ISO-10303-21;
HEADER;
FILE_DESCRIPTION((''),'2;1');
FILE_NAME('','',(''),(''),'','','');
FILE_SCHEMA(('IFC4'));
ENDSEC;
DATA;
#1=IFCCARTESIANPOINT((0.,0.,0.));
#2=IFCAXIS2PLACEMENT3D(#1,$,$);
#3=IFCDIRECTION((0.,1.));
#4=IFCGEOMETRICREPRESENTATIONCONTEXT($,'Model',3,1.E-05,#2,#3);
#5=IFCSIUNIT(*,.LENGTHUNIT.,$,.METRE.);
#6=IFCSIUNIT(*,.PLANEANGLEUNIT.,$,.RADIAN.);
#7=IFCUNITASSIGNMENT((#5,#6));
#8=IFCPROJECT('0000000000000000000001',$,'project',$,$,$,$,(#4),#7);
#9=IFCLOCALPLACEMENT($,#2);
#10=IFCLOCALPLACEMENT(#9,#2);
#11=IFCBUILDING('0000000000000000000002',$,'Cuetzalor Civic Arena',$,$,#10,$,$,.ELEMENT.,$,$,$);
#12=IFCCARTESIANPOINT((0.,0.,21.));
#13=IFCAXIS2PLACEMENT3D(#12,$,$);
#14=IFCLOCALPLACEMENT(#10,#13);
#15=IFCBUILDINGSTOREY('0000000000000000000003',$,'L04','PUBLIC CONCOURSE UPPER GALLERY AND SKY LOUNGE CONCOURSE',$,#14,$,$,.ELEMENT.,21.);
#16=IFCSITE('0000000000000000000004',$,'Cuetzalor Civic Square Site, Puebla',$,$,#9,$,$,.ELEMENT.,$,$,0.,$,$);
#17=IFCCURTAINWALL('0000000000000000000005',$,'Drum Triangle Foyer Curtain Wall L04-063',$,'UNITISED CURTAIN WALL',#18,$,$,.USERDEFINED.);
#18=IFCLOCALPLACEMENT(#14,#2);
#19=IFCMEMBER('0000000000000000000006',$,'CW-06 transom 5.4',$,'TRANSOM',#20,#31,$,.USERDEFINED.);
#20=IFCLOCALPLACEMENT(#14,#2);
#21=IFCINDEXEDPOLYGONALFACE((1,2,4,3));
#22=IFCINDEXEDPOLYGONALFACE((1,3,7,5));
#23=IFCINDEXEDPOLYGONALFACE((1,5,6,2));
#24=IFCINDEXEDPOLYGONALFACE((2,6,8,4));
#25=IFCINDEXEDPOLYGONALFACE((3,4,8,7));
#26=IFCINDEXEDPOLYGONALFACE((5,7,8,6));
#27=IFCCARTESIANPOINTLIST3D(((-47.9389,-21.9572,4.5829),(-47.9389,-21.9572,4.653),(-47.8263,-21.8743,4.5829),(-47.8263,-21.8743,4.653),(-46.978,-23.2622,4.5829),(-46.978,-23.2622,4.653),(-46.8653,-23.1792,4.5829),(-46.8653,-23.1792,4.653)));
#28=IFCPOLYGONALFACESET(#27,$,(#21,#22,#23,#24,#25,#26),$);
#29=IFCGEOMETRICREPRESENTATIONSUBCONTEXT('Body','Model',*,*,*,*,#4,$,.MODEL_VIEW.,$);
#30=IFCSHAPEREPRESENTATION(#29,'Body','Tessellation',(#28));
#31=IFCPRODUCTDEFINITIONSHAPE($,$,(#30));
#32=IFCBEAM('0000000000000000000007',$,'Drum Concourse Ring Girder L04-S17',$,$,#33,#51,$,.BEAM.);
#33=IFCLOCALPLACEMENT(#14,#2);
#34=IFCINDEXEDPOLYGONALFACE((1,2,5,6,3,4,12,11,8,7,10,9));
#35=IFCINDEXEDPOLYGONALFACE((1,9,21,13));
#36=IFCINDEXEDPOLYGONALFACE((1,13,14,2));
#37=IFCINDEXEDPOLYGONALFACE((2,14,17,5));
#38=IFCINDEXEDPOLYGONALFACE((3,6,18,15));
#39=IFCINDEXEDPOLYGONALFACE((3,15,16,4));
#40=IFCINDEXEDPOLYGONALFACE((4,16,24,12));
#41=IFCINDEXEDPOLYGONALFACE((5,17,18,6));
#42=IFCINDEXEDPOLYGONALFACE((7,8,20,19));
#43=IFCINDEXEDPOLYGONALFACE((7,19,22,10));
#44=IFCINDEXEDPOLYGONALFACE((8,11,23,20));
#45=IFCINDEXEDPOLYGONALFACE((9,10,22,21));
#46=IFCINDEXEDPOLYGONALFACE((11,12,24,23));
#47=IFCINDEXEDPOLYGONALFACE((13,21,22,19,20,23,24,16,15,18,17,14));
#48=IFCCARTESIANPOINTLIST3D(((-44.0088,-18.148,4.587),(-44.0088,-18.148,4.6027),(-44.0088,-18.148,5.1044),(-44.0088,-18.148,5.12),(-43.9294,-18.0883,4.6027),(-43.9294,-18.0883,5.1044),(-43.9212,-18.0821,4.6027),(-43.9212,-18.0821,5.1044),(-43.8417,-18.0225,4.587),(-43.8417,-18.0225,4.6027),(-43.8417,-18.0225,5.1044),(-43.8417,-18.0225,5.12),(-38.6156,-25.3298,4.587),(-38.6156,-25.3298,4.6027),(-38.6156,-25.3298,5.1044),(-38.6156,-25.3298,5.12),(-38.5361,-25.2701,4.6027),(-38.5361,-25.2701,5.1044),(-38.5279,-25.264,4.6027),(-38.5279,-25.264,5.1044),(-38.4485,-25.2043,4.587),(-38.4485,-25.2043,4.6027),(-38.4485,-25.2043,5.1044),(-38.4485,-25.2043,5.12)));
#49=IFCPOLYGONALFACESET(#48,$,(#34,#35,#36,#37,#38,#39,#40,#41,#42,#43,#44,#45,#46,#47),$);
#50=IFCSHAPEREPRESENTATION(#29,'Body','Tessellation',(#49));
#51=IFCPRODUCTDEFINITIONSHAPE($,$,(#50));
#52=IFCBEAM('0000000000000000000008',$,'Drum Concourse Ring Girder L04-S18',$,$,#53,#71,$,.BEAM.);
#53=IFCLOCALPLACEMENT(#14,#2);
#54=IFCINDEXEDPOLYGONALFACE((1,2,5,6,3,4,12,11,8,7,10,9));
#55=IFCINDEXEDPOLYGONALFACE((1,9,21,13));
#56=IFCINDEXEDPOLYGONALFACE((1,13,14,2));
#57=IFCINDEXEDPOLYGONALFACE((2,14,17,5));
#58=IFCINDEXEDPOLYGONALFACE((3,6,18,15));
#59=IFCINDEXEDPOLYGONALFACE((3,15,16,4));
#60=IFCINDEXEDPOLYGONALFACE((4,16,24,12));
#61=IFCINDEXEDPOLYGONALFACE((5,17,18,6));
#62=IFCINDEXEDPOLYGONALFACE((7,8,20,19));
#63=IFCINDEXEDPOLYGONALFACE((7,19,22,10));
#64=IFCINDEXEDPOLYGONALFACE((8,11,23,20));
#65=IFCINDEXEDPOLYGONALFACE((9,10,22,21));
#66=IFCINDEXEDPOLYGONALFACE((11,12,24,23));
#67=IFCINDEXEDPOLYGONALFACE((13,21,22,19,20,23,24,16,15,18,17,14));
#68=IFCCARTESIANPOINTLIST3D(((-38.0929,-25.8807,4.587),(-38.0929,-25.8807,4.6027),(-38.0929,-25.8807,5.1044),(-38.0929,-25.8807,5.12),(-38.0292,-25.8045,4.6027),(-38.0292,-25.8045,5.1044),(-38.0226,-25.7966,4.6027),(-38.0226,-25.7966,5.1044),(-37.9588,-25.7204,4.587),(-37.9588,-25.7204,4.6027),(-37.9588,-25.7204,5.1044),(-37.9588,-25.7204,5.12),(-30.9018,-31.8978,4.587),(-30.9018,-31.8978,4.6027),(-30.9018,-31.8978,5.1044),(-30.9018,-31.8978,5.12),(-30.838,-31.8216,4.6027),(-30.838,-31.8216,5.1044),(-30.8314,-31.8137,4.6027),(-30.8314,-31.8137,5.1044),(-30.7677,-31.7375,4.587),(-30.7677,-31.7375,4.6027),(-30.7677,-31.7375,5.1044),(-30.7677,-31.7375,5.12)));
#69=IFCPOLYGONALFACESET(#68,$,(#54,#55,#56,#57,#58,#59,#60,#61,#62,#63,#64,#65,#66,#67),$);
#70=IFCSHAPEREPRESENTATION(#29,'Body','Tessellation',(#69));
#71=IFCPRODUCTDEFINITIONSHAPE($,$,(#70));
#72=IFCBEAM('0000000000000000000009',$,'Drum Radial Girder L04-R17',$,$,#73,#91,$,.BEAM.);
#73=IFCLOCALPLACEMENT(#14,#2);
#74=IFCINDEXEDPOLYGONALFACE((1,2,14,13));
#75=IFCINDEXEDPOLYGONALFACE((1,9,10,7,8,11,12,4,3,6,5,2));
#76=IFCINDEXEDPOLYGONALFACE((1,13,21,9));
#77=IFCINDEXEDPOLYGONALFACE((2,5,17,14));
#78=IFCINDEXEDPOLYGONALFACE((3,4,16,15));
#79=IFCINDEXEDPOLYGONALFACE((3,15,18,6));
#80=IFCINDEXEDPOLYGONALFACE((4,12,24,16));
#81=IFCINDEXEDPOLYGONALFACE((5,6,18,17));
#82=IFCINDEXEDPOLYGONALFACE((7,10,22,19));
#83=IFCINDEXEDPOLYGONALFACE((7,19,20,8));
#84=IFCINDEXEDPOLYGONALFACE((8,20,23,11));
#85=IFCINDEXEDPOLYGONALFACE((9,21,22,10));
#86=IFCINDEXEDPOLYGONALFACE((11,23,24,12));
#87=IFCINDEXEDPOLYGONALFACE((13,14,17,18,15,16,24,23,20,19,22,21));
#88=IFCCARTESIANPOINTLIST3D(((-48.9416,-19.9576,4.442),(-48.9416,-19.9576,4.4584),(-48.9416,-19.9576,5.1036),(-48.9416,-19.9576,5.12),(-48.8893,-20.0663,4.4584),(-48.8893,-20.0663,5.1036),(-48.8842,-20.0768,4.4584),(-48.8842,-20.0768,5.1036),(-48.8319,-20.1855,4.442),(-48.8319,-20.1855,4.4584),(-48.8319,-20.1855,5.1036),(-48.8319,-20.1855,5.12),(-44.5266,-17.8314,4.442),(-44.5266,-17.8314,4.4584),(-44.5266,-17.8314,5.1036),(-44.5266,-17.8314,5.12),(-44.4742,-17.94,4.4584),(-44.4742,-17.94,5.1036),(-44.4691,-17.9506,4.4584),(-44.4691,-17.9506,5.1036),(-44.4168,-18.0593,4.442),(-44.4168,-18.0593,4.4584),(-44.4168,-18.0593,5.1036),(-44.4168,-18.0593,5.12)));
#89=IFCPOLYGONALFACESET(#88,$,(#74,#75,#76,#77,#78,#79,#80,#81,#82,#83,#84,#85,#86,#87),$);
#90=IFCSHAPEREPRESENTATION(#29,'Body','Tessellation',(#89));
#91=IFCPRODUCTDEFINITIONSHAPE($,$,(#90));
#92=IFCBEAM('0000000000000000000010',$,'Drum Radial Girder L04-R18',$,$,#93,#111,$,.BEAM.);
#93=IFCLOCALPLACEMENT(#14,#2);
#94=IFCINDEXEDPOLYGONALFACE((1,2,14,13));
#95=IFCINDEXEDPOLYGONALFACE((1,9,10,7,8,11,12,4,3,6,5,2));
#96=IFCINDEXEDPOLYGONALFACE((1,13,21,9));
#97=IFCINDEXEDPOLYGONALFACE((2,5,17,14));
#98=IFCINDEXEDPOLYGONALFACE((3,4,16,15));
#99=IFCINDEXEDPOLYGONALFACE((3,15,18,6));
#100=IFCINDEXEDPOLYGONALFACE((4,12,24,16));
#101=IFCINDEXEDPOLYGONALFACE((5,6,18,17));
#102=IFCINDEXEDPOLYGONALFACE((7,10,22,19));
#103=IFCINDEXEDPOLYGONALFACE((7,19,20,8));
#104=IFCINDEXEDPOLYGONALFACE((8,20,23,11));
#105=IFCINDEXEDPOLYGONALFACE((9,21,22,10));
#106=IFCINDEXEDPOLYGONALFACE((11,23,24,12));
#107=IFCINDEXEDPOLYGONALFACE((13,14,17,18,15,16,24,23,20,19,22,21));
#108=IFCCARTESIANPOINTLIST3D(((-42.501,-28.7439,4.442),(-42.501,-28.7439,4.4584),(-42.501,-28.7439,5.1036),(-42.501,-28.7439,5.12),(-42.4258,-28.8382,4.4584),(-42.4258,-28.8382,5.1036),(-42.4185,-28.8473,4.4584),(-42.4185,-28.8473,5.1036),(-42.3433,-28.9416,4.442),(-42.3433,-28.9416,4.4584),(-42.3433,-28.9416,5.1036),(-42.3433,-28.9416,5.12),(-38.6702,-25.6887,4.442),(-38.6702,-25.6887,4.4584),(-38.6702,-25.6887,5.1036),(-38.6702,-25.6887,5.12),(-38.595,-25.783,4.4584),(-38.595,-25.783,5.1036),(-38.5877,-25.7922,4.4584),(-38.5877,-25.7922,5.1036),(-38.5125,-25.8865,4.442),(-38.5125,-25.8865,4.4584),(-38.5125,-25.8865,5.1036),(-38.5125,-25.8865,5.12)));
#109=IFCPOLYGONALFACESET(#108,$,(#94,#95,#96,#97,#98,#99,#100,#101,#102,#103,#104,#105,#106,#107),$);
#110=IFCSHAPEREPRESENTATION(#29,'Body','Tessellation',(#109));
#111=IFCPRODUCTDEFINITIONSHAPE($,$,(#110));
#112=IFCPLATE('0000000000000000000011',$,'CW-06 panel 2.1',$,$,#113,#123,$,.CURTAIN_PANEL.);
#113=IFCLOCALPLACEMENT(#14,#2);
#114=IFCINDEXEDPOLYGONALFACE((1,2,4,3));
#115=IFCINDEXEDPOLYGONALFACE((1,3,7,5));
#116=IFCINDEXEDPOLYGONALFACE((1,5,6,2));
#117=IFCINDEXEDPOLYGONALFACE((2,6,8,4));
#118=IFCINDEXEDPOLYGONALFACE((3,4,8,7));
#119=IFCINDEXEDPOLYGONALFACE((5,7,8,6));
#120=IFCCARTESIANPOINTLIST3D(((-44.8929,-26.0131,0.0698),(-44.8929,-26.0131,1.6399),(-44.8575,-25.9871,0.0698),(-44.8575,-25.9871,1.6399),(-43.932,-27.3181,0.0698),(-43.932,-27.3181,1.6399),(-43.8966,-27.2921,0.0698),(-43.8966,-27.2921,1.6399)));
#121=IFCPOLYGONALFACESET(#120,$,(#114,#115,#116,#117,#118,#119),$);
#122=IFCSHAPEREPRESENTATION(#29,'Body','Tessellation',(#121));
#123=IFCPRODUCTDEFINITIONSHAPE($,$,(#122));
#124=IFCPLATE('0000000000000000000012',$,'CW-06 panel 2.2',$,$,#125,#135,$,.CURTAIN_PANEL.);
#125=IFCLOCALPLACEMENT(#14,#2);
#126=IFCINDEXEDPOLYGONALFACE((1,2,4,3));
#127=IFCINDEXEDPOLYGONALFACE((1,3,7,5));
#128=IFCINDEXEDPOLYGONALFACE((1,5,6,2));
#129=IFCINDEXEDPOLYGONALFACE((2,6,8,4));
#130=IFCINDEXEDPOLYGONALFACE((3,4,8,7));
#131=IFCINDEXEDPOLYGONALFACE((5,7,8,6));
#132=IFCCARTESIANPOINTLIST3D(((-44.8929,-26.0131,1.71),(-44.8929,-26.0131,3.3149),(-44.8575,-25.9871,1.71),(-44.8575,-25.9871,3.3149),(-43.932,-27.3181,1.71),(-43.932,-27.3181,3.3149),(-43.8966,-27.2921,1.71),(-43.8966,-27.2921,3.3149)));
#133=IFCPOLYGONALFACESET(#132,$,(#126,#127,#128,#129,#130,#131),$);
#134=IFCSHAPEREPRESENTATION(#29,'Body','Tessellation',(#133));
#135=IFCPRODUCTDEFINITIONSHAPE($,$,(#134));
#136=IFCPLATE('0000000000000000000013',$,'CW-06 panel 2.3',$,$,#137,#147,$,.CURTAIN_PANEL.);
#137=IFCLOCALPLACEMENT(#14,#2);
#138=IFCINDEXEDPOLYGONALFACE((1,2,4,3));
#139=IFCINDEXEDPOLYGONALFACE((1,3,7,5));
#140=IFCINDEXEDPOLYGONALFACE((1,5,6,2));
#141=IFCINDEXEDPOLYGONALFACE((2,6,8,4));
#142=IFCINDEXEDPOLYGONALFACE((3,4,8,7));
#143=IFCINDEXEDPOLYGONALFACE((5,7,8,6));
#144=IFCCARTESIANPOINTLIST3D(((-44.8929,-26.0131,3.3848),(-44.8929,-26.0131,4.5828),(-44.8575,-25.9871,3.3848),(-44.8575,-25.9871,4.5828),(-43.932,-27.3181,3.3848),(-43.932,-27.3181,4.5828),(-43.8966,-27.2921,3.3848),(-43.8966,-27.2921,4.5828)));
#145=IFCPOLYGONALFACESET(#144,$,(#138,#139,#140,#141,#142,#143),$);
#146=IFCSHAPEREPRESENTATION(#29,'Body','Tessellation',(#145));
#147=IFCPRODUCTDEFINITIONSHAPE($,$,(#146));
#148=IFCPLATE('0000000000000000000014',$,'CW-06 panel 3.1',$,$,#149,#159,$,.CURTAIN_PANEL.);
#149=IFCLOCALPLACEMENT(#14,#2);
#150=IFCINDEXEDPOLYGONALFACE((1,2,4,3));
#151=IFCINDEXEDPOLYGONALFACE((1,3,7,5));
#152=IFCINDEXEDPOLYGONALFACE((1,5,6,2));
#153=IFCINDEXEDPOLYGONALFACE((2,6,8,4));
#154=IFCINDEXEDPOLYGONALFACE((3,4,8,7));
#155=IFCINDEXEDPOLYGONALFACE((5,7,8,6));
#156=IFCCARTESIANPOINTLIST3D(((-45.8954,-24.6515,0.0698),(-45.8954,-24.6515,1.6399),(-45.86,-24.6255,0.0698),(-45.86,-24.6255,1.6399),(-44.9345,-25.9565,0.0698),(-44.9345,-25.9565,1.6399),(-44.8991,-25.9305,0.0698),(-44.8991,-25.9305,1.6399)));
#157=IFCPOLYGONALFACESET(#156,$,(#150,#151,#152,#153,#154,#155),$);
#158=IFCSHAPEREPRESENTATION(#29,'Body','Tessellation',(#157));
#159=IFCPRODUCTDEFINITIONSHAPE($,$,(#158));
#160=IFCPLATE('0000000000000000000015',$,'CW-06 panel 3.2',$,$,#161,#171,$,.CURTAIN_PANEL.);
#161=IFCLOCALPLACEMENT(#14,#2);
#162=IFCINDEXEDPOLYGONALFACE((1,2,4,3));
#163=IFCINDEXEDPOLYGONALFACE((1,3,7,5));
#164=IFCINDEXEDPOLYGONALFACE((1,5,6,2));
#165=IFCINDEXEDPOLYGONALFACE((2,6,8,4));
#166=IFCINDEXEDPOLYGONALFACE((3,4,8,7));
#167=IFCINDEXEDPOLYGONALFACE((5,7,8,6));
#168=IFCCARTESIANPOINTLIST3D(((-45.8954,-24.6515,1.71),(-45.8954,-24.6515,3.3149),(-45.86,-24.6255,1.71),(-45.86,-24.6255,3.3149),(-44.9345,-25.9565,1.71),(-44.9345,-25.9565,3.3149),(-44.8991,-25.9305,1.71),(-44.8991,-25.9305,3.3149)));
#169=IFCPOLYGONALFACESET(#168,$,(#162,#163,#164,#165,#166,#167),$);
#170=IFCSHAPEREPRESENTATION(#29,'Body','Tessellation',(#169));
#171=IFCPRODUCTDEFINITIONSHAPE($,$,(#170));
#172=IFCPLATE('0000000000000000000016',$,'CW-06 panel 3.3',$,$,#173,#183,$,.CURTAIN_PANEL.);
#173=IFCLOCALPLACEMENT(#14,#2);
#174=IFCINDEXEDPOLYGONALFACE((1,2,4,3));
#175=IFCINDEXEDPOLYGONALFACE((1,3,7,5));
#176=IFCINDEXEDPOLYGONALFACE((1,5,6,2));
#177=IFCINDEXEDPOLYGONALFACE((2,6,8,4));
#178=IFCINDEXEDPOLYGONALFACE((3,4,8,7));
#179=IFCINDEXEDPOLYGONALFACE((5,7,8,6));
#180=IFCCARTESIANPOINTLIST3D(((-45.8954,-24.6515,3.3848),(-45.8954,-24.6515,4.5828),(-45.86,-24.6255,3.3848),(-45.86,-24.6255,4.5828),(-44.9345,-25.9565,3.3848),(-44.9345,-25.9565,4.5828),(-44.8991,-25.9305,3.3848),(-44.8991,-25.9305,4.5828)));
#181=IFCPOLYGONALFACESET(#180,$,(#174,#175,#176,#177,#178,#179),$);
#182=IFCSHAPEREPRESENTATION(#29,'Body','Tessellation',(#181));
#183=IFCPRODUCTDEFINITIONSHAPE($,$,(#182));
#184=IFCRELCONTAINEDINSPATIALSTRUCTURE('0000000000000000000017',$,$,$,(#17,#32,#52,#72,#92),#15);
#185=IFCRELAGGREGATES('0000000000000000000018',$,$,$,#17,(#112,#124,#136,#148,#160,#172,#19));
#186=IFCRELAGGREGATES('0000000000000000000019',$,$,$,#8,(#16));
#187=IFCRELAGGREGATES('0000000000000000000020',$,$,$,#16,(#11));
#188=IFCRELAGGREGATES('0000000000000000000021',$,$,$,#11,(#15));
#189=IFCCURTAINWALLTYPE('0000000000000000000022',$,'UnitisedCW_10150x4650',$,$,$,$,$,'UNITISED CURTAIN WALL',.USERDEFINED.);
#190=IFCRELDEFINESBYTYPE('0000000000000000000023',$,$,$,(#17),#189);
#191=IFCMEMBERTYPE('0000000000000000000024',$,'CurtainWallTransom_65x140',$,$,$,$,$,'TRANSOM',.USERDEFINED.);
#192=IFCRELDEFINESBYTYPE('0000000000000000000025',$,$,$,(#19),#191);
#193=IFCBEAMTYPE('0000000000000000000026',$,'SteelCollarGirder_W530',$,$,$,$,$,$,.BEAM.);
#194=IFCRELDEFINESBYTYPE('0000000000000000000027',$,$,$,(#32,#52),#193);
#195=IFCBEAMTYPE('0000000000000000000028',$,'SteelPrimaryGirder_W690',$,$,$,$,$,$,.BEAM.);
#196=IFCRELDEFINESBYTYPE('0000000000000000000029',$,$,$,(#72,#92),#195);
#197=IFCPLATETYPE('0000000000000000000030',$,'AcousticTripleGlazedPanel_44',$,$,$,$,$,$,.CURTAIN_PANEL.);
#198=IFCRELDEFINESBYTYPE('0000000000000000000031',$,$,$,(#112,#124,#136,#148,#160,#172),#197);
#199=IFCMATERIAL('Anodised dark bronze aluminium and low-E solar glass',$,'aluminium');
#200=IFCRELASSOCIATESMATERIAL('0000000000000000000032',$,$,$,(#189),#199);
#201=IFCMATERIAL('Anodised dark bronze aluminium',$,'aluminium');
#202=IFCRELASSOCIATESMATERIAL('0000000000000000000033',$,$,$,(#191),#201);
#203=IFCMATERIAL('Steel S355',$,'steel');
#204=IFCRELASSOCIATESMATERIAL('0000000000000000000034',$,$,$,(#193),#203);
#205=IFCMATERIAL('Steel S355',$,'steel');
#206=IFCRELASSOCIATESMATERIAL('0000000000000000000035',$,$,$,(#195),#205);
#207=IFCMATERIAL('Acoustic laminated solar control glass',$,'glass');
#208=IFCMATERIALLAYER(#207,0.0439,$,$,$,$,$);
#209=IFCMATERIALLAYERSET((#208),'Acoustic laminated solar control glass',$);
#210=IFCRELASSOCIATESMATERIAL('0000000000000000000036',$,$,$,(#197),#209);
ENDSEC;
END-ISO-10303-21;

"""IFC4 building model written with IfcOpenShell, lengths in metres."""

from ifc_helpers import new_model, si_unit, direction, frame, origin, origin_2d, place, context, subcontext, project, spatial, rectangle, i_section, extrude, material, layer, layer_set, material_profile, profile_set, type_object, element, aggregate, save


model = new_model("IFC4")

# Units and contexts
model_context = context("Model", 3, precision=1e-05, world=origin(), true_north=direction((0.0, 1.0)))
body_context = subcontext(model_context, "Body", "Model", "MODEL_VIEW")
ifc_project = project(units=[si_unit("LENGTHUNIT", "METRE"), si_unit("PLANEANGLEUNIT", "RADIAN")], contexts=[model_context])

# Site, building, storey
site_placement = place(None, origin())
site = spatial("IfcSite", under=ifc_project, at=site_placement, Name="Cuetzalor Civic Square Site, Puebla", CompositionType="ELEMENT", RefElevation=0.0)
building_placement = place(site_placement, origin())
building = spatial("IfcBuilding", under=site, at=building_placement, Name="Cuetzalor Civic Arena", CompositionType="ELEMENT")
storey_placement = place(building_placement, frame((0.0, 0.0, 21.0)))
storey = spatial("IfcBuildingStorey", under=building, at=storey_placement, Name="L04", Description="PUBLIC CONCOURSE UPPER GALLERY AND SKY LOUNGE CONCOURSE", CompositionType="ELEMENT", Elevation=21.0)

# Curtain wall, member
ifc_material_1 = material(Name="Anodised dark bronze aluminium and low-E solar glass", Category="aluminium")
curtain_wall_type = type_object("IfcCurtainWallType", Name="UnitisedCW_10150x4650", ElementType="UNITISED CURTAIN WALL", PredefinedType="USERDEFINED", material=ifc_material_1)
curtain_wall_placement = place(storey_placement, origin())
curtain_wall = element("IfcCurtainWall", 1, at=curtain_wall_placement, inside=storey, type_object=curtain_wall_type, Name="Drum Triangle Foyer Curtain Wall L04-063", ObjectType="UNITISED CURTAIN WALL", PredefinedType="USERDEFINED")
ifc_material_2 = material(Name="Anodised dark bronze aluminium", Category="aluminium")
ifc_material_profile_1 = material_profile(ifc_material_2, rectangle(XDim=0.1399, YDim=0.0701, at=origin_2d()), Name="ALU TRANSOM 70x140")
ifc_profile_set_1 = profile_set([ifc_material_profile_1], Name="Anodised dark bronze aluminium")
member_type_1 = type_object("IfcMemberType", Name="CurtainWallTransom_65x140", ElementType="TRANSOM", PredefinedType="USERDEFINED", material=ifc_profile_set_1)
member_1_placement = place(storey_placement, frame((-46.9216, -23.2207, 4.6179), z_axis=(-0.592963, 0.80523, 0.0), x_axis=(-0.80523, -0.592963, 0.0)))
member_1 = element("IfcMember", 2, at=member_1_placement, type_object=member_type_1, Name="CW-06 transom 5.4", ObjectType="TRANSOM", PredefinedType="USERDEFINED", context=body_context, shape_type="SweptSolid", body=[
    extrude(rectangle(XDim=0.1399, YDim=0.0701, at=origin_2d()), origin(), (0.0, 0.0, 1.0), 1.6206),
])

# Beams
ifc_material_3 = material(Name="Steel S355", Category="steel")
ifc_material_profile_2 = material_profile(ifc_material_3, i_section(OverallWidth=0.209, OverallDepth=0.533, WebThickness=0.0103, FlangeThickness=0.0156, at=origin_2d()), Name="W530x92")
ifc_profile_set_2 = profile_set([ifc_material_profile_2], Name="Steel S355")
beam_type_1 = type_object("IfcBeamType", Name="SteelCollarGirder_W530", PredefinedType="BEAM", material=ifc_profile_set_2)
beam_1_placement = place(storey_placement, frame((-43.9253, -18.0852, 4.8535), z_axis=(0.600491, -0.799631, 0.0), x_axis=(0.799631, 0.600491, 0.0)))
element("IfcBeam", 3, at=beam_1_placement, inside=storey, type_object=beam_type_1, Name="Drum Concourse Ring Girder L04-S17", PredefinedType="BEAM", context=body_context, shape_type="SweptSolid", body=[
    extrude(i_section(OverallWidth=0.209, OverallDepth=0.533, WebThickness=0.0103, FlangeThickness=0.0156, at=origin_2d()), origin(), (0.0, 0.0, 1.0), 8.9814),
])
beam_2_placement = place(storey_placement, frame((-38.0259, -25.8005, 4.8535), z_axis=(0.766937, -0.641722, 0.0), x_axis=(0.641722, 0.766937, 0.0)))
element("IfcBeam", 4, at=beam_2_placement, inside=storey, type_object=beam_type_1, Name="Drum Concourse Ring Girder L04-S18", PredefinedType="BEAM", context=body_context, shape_type="SweptSolid", body=[
    extrude(i_section(OverallWidth=0.209, OverallDepth=0.533, WebThickness=0.0103, FlangeThickness=0.0156, at=origin_2d()), origin(), (0.0, 0.0, 1.0), 9.3765),
])
ifc_material_4 = material(Name="Steel S355", Category="steel")
ifc_material_profile_3 = material_profile(ifc_material_4, i_section(OverallWidth=0.2529, OverallDepth=0.678, WebThickness=0.0117, FlangeThickness=0.0164, at=origin_2d()), Name="W690x125")
ifc_profile_set_3 = profile_set([ifc_material_profile_3], Name="Steel S355")
beam_type_2 = type_object("IfcBeamType", Name="SteelPrimaryGirder_W690", PredefinedType="BEAM", material=ifc_profile_set_3)
beam_3_placement = place(storey_placement, frame((-44.4717, -17.9453, 4.781), z_axis=(-0.900965, -0.433892, 0.0), x_axis=(0.433892, -0.900965, 0.0)))
element("IfcBeam", 5, at=beam_3_placement, inside=storey, type_object=beam_type_2, Name="Drum Radial Girder L04-R17", PredefinedType="BEAM", context=body_context, shape_type="SweptSolid", body=[
    extrude(i_section(OverallWidth=0.2529, OverallDepth=0.678, WebThickness=0.0117, FlangeThickness=0.0164, at=origin_2d()), origin(), (0.0, 0.0, 1.0), 4.9004),
])
beam_4_placement = place(storey_placement, frame((-38.5913, -25.7876, 4.781), z_axis=(-0.781811, -0.623516, 0.0), x_axis=(0.623516, -0.781811, 0.0)))
element("IfcBeam", 6, at=beam_4_placement, inside=storey, type_object=beam_type_2, Name="Drum Radial Girder L04-R18", PredefinedType="BEAM", context=body_context, shape_type="SweptSolid", body=[
    extrude(i_section(OverallWidth=0.2529, OverallDepth=0.678, WebThickness=0.0117, FlangeThickness=0.0164, at=origin_2d()), origin(), (0.0, 0.0, 1.0), 4.8999),
])

# Plates
ifc_material_5 = material(Name="Acoustic laminated solar control glass", Category="glass")
ifc_layer = layer(ifc_material_5, 0.0439)
ifc_layer_set = layer_set([ifc_layer], Name="Acoustic laminated solar control glass")
plate_type = type_object("IfcPlateType", Name="AcousticTripleGlazedPanel_44", PredefinedType="CURTAIN_PANEL", material=ifc_layer_set)
plate_1_placement = place(storey_placement, frame((-44.3948, -26.6526, 0.0698), z_axis=(0.0, 0.0, 1.0), x_axis=(-0.592929, 0.805255, 0.0)))
plate_1 = element("IfcPlate", 7, at=plate_1_placement, type_object=plate_type, Name="CW-06 panel 2.1", PredefinedType="CURTAIN_PANEL", context=body_context, shape_type="SweptSolid", body=[
    extrude(rectangle(XDim=1.6206, YDim=0.0439, at=origin_2d()), origin(), (0.0, 0.0, 1.0), 1.5701),
])
plate_2_placement = place(storey_placement, frame((-44.3948, -26.6526, 1.71), z_axis=(0.0, 0.0, 1.0), x_axis=(-0.592929, 0.805255, 0.0)))
plate_2 = element("IfcPlate", 8, at=plate_2_placement, type_object=plate_type, Name="CW-06 panel 2.2", PredefinedType="CURTAIN_PANEL", context=body_context, shape_type="SweptSolid", body=[
    extrude(rectangle(XDim=1.6206, YDim=0.0439, at=origin_2d()), origin(), (0.0, 0.0, 1.0), 1.605),
])
plate_3_placement = place(storey_placement, frame((-44.3948, -26.6526, 3.3848), z_axis=(0.0, 0.0, 1.0), x_axis=(-0.592929, 0.805255, 0.0)))
plate_3 = element("IfcPlate", 9, at=plate_3_placement, type_object=plate_type, Name="CW-06 panel 2.3", PredefinedType="CURTAIN_PANEL", context=body_context, shape_type="SweptSolid", body=[
    extrude(rectangle(XDim=1.6206, YDim=0.0439, at=origin_2d()), origin(), (0.0, 0.0, 1.0), 1.198),
])
plate_4_placement = place(storey_placement, frame((-45.3972, -25.291, 0.0698), z_axis=(0.0, 0.0, 1.0), x_axis=(-0.592929, 0.805255, 0.0)))
plate_4 = element("IfcPlate", 10, at=plate_4_placement, type_object=plate_type, Name="CW-06 panel 3.1", PredefinedType="CURTAIN_PANEL", context=body_context, shape_type="SweptSolid", body=[
    extrude(rectangle(XDim=1.6206, YDim=0.0439, at=origin_2d()), origin(), (0.0, 0.0, 1.0), 1.5701),
])
plate_5_placement = place(storey_placement, frame((-45.3972, -25.291, 1.71), z_axis=(0.0, 0.0, 1.0), x_axis=(-0.592929, 0.805255, 0.0)))
plate_5 = element("IfcPlate", 11, at=plate_5_placement, type_object=plate_type, Name="CW-06 panel 3.2", PredefinedType="CURTAIN_PANEL", context=body_context, shape_type="SweptSolid", body=[
    extrude(rectangle(XDim=1.6206, YDim=0.0439, at=origin_2d()), origin(), (0.0, 0.0, 1.0), 1.605),
])
plate_6_placement = place(storey_placement, frame((-45.3972, -25.291, 3.3848), z_axis=(0.0, 0.0, 1.0), x_axis=(-0.592929, 0.805255, 0.0)))
plate_6 = element("IfcPlate", 12, at=plate_6_placement, type_object=plate_type, Name="CW-06 panel 3.3", PredefinedType="CURTAIN_PANEL", context=body_context, shape_type="SweptSolid", body=[
    extrude(rectangle(XDim=1.6206, YDim=0.0439, at=origin_2d()), origin(), (0.0, 0.0, 1.0), 1.198),
])
aggregate(curtain_wall, [plate_1, plate_2, plate_3, plate_4, plate_5, plate_6, member_1])

save(model, "model.ifc")
